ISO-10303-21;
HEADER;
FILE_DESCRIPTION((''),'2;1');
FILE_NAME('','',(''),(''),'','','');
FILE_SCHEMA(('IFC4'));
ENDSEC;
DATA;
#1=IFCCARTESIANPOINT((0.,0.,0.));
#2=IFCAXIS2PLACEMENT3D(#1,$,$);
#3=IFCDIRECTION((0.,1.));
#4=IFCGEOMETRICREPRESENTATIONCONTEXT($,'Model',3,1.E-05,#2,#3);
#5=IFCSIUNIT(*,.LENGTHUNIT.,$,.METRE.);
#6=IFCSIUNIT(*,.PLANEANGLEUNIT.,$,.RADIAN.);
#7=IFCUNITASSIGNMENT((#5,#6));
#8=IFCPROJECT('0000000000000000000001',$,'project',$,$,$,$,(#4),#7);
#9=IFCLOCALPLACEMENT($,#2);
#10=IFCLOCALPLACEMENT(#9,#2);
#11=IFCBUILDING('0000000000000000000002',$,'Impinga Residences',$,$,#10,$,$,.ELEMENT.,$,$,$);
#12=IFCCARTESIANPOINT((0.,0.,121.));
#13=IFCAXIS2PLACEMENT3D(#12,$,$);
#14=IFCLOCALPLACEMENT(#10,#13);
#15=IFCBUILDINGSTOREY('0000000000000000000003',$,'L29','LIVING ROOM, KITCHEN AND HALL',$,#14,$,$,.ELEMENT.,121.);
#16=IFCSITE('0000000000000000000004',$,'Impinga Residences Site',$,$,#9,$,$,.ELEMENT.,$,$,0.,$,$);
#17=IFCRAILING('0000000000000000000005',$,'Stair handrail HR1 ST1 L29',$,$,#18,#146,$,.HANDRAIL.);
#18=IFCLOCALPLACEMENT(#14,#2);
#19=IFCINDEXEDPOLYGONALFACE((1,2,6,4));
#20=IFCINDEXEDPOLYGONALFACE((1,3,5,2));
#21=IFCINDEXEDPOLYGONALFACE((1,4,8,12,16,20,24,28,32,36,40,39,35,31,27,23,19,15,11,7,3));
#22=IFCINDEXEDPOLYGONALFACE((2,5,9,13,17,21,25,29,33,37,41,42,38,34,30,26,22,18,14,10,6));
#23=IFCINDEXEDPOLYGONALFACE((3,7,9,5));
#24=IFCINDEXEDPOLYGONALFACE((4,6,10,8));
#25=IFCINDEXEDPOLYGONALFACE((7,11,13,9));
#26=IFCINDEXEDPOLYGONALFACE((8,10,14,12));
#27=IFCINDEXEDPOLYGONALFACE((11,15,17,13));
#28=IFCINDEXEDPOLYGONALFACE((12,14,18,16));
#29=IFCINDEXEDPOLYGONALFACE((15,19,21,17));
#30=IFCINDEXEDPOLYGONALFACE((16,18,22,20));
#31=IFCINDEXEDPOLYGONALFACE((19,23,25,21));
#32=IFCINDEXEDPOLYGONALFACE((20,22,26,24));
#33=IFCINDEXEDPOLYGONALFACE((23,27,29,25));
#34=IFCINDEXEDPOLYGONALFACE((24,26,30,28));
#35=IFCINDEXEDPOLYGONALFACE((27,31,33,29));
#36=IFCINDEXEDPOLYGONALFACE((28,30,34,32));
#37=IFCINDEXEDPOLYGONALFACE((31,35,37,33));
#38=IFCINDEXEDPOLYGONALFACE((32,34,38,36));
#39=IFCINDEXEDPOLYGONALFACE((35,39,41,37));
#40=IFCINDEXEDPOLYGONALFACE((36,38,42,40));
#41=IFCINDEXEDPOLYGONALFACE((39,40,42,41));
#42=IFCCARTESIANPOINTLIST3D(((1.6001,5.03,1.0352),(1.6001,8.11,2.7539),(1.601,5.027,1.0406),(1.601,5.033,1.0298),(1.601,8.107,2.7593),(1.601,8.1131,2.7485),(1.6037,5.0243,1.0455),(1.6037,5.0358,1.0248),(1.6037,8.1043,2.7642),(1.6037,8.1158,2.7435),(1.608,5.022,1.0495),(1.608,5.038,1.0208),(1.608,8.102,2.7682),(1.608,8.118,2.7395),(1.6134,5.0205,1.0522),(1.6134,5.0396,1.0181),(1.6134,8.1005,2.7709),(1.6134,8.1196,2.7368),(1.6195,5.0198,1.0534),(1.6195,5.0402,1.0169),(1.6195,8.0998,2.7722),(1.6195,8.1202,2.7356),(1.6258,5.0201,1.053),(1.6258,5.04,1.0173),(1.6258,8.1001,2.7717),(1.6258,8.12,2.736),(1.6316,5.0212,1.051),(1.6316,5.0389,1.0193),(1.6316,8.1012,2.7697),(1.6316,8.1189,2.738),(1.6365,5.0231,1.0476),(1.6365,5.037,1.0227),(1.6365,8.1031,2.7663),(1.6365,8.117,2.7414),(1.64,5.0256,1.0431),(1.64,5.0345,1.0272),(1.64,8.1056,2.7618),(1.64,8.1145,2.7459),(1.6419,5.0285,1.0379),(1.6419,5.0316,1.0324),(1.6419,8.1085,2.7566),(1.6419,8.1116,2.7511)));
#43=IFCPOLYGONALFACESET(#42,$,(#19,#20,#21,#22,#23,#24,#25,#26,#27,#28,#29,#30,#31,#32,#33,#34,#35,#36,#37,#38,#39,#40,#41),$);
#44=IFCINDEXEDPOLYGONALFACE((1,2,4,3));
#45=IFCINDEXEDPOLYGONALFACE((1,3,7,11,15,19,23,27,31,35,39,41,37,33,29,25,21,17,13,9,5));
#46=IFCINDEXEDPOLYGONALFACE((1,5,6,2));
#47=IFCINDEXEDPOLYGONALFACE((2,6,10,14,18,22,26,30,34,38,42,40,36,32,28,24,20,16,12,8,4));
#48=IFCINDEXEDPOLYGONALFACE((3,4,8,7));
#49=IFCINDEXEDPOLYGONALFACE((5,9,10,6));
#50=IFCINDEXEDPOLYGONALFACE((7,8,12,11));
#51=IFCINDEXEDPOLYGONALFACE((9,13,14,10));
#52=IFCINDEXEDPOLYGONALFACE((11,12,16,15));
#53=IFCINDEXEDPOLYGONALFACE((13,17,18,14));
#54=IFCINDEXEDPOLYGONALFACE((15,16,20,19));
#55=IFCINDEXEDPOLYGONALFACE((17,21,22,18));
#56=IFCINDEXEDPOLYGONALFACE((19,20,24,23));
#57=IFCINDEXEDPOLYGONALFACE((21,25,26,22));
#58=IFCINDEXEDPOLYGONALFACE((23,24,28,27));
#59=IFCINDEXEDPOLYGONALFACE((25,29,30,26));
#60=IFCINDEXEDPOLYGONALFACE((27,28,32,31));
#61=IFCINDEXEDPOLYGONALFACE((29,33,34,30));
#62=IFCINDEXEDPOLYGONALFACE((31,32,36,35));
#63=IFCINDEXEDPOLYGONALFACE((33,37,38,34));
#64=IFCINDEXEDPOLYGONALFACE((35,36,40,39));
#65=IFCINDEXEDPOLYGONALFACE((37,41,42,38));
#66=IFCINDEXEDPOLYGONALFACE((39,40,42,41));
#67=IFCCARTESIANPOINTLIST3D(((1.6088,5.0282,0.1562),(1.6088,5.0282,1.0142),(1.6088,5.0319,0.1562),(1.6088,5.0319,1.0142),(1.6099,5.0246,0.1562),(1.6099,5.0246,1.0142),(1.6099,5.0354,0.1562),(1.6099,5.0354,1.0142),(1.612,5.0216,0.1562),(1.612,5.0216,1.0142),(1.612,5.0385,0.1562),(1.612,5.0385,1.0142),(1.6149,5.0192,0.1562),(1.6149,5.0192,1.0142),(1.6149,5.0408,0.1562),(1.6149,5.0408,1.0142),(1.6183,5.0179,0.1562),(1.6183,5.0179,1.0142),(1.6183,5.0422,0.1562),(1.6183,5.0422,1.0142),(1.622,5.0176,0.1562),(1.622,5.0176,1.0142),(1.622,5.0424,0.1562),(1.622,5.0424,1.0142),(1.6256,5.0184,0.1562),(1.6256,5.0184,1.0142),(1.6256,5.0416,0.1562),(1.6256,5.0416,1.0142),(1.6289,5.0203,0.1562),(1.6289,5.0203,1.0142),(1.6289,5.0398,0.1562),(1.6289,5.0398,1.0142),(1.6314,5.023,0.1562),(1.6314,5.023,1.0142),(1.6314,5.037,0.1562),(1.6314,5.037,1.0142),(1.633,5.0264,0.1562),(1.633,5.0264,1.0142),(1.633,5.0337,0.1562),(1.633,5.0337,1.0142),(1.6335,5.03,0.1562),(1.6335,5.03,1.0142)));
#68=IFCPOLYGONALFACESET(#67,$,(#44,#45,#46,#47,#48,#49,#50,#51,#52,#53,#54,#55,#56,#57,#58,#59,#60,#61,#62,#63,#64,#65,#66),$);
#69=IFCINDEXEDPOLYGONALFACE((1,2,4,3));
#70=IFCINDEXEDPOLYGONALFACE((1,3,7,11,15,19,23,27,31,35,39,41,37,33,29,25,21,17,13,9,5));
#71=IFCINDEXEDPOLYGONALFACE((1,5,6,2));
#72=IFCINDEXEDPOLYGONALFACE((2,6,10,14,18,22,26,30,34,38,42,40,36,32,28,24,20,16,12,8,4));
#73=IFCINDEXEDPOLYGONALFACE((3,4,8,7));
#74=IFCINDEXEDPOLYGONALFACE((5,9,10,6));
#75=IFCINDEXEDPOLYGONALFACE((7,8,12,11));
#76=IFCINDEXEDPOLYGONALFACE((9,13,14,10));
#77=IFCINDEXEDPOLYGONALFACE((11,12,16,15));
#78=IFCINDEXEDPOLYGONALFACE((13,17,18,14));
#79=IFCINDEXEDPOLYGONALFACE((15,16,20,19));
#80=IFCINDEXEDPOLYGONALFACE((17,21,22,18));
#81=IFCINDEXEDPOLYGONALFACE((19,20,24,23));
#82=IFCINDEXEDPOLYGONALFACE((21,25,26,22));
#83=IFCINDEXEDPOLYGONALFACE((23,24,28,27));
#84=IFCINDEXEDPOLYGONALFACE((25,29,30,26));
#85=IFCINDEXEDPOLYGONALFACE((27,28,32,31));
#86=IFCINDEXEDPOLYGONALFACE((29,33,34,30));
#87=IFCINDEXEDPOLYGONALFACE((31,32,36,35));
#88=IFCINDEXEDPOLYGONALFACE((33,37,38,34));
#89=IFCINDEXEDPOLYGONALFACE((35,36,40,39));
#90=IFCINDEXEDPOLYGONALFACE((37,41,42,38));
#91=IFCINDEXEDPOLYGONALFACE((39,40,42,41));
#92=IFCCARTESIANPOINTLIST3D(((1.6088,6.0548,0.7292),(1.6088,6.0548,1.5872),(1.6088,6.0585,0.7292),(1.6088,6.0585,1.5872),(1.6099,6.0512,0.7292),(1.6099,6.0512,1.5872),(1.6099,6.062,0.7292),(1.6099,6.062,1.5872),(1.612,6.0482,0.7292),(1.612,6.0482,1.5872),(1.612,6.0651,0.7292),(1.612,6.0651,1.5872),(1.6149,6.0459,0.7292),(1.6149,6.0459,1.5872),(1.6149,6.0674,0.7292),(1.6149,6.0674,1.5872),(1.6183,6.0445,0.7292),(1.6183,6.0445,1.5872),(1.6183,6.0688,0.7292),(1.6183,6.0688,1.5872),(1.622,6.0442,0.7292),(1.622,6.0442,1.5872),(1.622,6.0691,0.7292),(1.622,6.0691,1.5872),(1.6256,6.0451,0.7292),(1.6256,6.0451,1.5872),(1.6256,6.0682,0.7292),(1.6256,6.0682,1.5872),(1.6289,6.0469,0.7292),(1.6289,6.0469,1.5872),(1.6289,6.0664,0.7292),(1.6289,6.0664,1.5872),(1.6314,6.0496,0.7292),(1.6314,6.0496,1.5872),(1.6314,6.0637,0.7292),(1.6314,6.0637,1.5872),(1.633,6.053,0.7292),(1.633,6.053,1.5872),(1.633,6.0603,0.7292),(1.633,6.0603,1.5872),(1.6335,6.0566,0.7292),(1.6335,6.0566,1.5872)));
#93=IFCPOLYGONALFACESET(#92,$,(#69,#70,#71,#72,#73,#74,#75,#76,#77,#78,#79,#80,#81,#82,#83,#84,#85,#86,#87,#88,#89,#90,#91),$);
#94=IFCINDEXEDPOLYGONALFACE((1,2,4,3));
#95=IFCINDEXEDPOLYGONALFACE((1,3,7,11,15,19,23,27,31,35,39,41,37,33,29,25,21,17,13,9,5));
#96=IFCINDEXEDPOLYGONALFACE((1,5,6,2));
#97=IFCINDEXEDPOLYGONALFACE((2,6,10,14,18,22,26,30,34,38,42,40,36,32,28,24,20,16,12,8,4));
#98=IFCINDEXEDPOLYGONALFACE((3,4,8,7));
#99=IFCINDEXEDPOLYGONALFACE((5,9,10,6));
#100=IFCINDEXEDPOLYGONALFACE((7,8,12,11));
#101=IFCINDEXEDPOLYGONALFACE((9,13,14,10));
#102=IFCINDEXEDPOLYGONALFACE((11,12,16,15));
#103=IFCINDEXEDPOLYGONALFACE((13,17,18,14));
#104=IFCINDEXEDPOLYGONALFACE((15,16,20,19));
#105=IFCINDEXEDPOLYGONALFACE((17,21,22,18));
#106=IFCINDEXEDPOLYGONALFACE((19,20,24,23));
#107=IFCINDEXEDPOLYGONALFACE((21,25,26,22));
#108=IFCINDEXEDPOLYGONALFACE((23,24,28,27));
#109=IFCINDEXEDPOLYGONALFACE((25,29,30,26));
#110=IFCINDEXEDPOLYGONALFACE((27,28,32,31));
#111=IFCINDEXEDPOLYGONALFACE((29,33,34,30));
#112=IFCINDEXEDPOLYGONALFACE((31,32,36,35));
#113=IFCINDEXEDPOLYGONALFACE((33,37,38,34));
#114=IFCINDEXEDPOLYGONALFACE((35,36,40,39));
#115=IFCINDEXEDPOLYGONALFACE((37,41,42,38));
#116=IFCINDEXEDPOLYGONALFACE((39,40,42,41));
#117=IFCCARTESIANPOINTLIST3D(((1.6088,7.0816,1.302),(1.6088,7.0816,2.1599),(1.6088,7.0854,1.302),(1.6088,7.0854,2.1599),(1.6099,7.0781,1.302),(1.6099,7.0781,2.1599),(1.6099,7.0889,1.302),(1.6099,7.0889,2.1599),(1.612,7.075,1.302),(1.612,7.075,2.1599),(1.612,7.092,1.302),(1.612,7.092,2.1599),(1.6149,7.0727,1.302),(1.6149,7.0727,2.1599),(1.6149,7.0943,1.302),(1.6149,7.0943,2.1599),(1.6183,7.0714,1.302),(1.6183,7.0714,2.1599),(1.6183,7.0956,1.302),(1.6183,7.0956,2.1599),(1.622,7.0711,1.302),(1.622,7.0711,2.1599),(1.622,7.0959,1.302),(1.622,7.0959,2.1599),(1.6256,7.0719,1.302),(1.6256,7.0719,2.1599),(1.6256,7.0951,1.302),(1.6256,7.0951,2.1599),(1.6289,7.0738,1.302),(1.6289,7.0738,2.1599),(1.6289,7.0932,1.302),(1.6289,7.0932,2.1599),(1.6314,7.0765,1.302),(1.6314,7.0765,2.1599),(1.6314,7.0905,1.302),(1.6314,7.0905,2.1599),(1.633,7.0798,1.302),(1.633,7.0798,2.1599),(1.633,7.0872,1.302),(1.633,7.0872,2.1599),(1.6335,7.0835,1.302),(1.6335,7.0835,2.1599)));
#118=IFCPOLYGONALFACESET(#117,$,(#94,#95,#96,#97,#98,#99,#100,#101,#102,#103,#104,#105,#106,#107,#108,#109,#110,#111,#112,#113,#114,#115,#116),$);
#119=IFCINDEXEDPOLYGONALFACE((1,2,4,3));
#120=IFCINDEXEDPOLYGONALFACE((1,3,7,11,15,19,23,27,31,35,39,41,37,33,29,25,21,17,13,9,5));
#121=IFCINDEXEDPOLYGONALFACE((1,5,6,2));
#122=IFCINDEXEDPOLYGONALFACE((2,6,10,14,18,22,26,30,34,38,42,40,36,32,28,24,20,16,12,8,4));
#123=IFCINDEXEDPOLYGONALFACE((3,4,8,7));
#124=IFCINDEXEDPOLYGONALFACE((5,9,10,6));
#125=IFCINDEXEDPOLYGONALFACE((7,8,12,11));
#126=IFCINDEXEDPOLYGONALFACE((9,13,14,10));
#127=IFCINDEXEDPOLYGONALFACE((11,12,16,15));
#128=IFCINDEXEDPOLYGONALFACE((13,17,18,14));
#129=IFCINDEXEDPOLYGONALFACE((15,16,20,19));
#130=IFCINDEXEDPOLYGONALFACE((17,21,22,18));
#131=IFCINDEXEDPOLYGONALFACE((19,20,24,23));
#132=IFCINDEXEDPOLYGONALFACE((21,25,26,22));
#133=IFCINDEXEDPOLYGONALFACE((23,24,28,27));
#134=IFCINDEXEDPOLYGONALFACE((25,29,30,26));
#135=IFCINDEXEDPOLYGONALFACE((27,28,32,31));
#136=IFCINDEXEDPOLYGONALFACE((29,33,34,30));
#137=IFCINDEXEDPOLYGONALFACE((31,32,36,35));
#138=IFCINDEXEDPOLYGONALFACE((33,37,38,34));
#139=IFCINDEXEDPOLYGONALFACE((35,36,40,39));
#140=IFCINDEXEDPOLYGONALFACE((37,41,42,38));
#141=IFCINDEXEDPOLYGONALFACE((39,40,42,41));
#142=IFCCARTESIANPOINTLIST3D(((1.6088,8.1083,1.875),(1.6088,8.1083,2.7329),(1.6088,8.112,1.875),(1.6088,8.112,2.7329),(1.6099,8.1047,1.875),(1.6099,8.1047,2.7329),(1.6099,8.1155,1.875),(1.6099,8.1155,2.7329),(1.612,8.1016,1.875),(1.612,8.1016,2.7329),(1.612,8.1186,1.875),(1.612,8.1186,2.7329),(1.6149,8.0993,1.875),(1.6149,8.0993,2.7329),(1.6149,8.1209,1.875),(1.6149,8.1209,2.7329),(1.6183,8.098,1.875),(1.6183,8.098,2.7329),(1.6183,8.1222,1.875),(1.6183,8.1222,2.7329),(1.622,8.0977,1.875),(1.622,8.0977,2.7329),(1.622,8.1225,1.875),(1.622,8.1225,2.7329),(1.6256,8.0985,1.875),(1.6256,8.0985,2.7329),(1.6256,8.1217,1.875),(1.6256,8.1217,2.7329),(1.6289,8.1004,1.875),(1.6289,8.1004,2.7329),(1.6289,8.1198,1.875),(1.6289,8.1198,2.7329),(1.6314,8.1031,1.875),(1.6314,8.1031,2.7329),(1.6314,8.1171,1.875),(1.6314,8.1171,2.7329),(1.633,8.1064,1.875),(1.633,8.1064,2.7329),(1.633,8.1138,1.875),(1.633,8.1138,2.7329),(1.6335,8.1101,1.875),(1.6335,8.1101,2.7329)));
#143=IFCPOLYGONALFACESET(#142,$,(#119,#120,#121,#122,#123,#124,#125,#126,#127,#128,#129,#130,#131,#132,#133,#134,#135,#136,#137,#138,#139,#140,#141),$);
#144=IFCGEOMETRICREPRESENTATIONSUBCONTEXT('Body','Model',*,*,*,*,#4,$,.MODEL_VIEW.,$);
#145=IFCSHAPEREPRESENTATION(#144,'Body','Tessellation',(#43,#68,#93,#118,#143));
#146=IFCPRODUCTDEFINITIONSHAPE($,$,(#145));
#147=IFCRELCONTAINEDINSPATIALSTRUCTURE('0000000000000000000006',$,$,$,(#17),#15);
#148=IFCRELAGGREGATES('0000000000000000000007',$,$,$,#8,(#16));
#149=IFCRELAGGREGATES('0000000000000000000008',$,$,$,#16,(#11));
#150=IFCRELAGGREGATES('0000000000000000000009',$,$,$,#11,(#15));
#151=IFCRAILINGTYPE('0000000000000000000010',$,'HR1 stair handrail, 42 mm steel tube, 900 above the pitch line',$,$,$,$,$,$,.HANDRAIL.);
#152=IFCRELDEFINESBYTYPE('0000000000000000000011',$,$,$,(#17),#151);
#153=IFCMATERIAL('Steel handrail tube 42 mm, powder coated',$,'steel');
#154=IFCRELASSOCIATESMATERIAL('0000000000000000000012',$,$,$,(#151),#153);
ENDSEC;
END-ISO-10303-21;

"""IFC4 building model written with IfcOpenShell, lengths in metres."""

from ifc_helpers import new_model, si_unit, direction, frame, origin, origin_2d, place, context, subcontext, project, spatial, circle, extrude, material, type_object, element, save


model = new_model("IFC4")

# Units and contexts
model_context = context("Model", 3, precision=1e-05, world=origin(), true_north=direction((0.0, 1.0)))
body_context = subcontext(model_context, "Body", "Model", "MODEL_VIEW")
ifc_project = project(units=[si_unit("LENGTHUNIT", "METRE"), si_unit("PLANEANGLEUNIT", "RADIAN")], contexts=[model_context])

# Site, building, storey
site_placement = place(None, origin())
site = spatial("IfcSite", under=ifc_project, at=site_placement, Name="Impinga Residences Site", CompositionType="ELEMENT", RefElevation=0.0)
building_placement = place(site_placement, origin())
building = spatial("IfcBuilding", under=site, at=building_placement, Name="Impinga Residences", CompositionType="ELEMENT")
storey_placement = place(building_placement, frame((0.0, 0.0, 121.0)))
storey = spatial("IfcBuildingStorey", under=building, at=storey_placement, Name="L29", Description="LIVING ROOM, KITCHEN AND HALL", CompositionType="ELEMENT", Elevation=121.0)

# Railing
ifc_material_1 = material(Name="Steel handrail tube 42 mm, powder coated", Category="steel")
railing_type_1 = type_object("IfcRailingType", Name="HR1 stair handrail, 42 mm steel tube, 900 above the pitch line", PredefinedType="HANDRAIL", material=ifc_material_1)
railing_1_placement = place(storey_placement, frame((1.6211, 5.03, 0.1562)))
element("IfcRailing", 1, at=railing_1_placement, inside=storey, type_object=railing_type_1, Name="Stair handrail HR1 ST1 L29", PredefinedType="HANDRAIL", context=body_context, shape_type="SweptSolid", body=[
    extrude(circle(Radius=0.021, at=origin_2d()), frame((0.0, 0.0, 0.8789), z_axis=(0.0, 0.873242, 0.487288), x_axis=(-1.0, 0.0, 0.0)), (0.0, 0.0, 1.0), 3.5271),
    extrude(circle(Radius=0.0125, at=origin_2d()), origin(), (0.0, 0.0, 1.0), 0.8579),
    extrude(circle(Radius=0.0125, at=origin_2d()), frame((0.0, 1.0266, 0.573)), (0.0, 0.0, 1.0), 0.8579),
    extrude(circle(Radius=0.0125, at=origin_2d()), frame((0.0, 2.0535, 1.1458)), (0.0, 0.0, 1.0), 0.8579),
    extrude(circle(Radius=0.0125, at=origin_2d()), frame((0.0, 3.0801, 1.7188)), (0.0, 0.0, 1.0), 0.8579),
])

save(model, "model.ifc")
